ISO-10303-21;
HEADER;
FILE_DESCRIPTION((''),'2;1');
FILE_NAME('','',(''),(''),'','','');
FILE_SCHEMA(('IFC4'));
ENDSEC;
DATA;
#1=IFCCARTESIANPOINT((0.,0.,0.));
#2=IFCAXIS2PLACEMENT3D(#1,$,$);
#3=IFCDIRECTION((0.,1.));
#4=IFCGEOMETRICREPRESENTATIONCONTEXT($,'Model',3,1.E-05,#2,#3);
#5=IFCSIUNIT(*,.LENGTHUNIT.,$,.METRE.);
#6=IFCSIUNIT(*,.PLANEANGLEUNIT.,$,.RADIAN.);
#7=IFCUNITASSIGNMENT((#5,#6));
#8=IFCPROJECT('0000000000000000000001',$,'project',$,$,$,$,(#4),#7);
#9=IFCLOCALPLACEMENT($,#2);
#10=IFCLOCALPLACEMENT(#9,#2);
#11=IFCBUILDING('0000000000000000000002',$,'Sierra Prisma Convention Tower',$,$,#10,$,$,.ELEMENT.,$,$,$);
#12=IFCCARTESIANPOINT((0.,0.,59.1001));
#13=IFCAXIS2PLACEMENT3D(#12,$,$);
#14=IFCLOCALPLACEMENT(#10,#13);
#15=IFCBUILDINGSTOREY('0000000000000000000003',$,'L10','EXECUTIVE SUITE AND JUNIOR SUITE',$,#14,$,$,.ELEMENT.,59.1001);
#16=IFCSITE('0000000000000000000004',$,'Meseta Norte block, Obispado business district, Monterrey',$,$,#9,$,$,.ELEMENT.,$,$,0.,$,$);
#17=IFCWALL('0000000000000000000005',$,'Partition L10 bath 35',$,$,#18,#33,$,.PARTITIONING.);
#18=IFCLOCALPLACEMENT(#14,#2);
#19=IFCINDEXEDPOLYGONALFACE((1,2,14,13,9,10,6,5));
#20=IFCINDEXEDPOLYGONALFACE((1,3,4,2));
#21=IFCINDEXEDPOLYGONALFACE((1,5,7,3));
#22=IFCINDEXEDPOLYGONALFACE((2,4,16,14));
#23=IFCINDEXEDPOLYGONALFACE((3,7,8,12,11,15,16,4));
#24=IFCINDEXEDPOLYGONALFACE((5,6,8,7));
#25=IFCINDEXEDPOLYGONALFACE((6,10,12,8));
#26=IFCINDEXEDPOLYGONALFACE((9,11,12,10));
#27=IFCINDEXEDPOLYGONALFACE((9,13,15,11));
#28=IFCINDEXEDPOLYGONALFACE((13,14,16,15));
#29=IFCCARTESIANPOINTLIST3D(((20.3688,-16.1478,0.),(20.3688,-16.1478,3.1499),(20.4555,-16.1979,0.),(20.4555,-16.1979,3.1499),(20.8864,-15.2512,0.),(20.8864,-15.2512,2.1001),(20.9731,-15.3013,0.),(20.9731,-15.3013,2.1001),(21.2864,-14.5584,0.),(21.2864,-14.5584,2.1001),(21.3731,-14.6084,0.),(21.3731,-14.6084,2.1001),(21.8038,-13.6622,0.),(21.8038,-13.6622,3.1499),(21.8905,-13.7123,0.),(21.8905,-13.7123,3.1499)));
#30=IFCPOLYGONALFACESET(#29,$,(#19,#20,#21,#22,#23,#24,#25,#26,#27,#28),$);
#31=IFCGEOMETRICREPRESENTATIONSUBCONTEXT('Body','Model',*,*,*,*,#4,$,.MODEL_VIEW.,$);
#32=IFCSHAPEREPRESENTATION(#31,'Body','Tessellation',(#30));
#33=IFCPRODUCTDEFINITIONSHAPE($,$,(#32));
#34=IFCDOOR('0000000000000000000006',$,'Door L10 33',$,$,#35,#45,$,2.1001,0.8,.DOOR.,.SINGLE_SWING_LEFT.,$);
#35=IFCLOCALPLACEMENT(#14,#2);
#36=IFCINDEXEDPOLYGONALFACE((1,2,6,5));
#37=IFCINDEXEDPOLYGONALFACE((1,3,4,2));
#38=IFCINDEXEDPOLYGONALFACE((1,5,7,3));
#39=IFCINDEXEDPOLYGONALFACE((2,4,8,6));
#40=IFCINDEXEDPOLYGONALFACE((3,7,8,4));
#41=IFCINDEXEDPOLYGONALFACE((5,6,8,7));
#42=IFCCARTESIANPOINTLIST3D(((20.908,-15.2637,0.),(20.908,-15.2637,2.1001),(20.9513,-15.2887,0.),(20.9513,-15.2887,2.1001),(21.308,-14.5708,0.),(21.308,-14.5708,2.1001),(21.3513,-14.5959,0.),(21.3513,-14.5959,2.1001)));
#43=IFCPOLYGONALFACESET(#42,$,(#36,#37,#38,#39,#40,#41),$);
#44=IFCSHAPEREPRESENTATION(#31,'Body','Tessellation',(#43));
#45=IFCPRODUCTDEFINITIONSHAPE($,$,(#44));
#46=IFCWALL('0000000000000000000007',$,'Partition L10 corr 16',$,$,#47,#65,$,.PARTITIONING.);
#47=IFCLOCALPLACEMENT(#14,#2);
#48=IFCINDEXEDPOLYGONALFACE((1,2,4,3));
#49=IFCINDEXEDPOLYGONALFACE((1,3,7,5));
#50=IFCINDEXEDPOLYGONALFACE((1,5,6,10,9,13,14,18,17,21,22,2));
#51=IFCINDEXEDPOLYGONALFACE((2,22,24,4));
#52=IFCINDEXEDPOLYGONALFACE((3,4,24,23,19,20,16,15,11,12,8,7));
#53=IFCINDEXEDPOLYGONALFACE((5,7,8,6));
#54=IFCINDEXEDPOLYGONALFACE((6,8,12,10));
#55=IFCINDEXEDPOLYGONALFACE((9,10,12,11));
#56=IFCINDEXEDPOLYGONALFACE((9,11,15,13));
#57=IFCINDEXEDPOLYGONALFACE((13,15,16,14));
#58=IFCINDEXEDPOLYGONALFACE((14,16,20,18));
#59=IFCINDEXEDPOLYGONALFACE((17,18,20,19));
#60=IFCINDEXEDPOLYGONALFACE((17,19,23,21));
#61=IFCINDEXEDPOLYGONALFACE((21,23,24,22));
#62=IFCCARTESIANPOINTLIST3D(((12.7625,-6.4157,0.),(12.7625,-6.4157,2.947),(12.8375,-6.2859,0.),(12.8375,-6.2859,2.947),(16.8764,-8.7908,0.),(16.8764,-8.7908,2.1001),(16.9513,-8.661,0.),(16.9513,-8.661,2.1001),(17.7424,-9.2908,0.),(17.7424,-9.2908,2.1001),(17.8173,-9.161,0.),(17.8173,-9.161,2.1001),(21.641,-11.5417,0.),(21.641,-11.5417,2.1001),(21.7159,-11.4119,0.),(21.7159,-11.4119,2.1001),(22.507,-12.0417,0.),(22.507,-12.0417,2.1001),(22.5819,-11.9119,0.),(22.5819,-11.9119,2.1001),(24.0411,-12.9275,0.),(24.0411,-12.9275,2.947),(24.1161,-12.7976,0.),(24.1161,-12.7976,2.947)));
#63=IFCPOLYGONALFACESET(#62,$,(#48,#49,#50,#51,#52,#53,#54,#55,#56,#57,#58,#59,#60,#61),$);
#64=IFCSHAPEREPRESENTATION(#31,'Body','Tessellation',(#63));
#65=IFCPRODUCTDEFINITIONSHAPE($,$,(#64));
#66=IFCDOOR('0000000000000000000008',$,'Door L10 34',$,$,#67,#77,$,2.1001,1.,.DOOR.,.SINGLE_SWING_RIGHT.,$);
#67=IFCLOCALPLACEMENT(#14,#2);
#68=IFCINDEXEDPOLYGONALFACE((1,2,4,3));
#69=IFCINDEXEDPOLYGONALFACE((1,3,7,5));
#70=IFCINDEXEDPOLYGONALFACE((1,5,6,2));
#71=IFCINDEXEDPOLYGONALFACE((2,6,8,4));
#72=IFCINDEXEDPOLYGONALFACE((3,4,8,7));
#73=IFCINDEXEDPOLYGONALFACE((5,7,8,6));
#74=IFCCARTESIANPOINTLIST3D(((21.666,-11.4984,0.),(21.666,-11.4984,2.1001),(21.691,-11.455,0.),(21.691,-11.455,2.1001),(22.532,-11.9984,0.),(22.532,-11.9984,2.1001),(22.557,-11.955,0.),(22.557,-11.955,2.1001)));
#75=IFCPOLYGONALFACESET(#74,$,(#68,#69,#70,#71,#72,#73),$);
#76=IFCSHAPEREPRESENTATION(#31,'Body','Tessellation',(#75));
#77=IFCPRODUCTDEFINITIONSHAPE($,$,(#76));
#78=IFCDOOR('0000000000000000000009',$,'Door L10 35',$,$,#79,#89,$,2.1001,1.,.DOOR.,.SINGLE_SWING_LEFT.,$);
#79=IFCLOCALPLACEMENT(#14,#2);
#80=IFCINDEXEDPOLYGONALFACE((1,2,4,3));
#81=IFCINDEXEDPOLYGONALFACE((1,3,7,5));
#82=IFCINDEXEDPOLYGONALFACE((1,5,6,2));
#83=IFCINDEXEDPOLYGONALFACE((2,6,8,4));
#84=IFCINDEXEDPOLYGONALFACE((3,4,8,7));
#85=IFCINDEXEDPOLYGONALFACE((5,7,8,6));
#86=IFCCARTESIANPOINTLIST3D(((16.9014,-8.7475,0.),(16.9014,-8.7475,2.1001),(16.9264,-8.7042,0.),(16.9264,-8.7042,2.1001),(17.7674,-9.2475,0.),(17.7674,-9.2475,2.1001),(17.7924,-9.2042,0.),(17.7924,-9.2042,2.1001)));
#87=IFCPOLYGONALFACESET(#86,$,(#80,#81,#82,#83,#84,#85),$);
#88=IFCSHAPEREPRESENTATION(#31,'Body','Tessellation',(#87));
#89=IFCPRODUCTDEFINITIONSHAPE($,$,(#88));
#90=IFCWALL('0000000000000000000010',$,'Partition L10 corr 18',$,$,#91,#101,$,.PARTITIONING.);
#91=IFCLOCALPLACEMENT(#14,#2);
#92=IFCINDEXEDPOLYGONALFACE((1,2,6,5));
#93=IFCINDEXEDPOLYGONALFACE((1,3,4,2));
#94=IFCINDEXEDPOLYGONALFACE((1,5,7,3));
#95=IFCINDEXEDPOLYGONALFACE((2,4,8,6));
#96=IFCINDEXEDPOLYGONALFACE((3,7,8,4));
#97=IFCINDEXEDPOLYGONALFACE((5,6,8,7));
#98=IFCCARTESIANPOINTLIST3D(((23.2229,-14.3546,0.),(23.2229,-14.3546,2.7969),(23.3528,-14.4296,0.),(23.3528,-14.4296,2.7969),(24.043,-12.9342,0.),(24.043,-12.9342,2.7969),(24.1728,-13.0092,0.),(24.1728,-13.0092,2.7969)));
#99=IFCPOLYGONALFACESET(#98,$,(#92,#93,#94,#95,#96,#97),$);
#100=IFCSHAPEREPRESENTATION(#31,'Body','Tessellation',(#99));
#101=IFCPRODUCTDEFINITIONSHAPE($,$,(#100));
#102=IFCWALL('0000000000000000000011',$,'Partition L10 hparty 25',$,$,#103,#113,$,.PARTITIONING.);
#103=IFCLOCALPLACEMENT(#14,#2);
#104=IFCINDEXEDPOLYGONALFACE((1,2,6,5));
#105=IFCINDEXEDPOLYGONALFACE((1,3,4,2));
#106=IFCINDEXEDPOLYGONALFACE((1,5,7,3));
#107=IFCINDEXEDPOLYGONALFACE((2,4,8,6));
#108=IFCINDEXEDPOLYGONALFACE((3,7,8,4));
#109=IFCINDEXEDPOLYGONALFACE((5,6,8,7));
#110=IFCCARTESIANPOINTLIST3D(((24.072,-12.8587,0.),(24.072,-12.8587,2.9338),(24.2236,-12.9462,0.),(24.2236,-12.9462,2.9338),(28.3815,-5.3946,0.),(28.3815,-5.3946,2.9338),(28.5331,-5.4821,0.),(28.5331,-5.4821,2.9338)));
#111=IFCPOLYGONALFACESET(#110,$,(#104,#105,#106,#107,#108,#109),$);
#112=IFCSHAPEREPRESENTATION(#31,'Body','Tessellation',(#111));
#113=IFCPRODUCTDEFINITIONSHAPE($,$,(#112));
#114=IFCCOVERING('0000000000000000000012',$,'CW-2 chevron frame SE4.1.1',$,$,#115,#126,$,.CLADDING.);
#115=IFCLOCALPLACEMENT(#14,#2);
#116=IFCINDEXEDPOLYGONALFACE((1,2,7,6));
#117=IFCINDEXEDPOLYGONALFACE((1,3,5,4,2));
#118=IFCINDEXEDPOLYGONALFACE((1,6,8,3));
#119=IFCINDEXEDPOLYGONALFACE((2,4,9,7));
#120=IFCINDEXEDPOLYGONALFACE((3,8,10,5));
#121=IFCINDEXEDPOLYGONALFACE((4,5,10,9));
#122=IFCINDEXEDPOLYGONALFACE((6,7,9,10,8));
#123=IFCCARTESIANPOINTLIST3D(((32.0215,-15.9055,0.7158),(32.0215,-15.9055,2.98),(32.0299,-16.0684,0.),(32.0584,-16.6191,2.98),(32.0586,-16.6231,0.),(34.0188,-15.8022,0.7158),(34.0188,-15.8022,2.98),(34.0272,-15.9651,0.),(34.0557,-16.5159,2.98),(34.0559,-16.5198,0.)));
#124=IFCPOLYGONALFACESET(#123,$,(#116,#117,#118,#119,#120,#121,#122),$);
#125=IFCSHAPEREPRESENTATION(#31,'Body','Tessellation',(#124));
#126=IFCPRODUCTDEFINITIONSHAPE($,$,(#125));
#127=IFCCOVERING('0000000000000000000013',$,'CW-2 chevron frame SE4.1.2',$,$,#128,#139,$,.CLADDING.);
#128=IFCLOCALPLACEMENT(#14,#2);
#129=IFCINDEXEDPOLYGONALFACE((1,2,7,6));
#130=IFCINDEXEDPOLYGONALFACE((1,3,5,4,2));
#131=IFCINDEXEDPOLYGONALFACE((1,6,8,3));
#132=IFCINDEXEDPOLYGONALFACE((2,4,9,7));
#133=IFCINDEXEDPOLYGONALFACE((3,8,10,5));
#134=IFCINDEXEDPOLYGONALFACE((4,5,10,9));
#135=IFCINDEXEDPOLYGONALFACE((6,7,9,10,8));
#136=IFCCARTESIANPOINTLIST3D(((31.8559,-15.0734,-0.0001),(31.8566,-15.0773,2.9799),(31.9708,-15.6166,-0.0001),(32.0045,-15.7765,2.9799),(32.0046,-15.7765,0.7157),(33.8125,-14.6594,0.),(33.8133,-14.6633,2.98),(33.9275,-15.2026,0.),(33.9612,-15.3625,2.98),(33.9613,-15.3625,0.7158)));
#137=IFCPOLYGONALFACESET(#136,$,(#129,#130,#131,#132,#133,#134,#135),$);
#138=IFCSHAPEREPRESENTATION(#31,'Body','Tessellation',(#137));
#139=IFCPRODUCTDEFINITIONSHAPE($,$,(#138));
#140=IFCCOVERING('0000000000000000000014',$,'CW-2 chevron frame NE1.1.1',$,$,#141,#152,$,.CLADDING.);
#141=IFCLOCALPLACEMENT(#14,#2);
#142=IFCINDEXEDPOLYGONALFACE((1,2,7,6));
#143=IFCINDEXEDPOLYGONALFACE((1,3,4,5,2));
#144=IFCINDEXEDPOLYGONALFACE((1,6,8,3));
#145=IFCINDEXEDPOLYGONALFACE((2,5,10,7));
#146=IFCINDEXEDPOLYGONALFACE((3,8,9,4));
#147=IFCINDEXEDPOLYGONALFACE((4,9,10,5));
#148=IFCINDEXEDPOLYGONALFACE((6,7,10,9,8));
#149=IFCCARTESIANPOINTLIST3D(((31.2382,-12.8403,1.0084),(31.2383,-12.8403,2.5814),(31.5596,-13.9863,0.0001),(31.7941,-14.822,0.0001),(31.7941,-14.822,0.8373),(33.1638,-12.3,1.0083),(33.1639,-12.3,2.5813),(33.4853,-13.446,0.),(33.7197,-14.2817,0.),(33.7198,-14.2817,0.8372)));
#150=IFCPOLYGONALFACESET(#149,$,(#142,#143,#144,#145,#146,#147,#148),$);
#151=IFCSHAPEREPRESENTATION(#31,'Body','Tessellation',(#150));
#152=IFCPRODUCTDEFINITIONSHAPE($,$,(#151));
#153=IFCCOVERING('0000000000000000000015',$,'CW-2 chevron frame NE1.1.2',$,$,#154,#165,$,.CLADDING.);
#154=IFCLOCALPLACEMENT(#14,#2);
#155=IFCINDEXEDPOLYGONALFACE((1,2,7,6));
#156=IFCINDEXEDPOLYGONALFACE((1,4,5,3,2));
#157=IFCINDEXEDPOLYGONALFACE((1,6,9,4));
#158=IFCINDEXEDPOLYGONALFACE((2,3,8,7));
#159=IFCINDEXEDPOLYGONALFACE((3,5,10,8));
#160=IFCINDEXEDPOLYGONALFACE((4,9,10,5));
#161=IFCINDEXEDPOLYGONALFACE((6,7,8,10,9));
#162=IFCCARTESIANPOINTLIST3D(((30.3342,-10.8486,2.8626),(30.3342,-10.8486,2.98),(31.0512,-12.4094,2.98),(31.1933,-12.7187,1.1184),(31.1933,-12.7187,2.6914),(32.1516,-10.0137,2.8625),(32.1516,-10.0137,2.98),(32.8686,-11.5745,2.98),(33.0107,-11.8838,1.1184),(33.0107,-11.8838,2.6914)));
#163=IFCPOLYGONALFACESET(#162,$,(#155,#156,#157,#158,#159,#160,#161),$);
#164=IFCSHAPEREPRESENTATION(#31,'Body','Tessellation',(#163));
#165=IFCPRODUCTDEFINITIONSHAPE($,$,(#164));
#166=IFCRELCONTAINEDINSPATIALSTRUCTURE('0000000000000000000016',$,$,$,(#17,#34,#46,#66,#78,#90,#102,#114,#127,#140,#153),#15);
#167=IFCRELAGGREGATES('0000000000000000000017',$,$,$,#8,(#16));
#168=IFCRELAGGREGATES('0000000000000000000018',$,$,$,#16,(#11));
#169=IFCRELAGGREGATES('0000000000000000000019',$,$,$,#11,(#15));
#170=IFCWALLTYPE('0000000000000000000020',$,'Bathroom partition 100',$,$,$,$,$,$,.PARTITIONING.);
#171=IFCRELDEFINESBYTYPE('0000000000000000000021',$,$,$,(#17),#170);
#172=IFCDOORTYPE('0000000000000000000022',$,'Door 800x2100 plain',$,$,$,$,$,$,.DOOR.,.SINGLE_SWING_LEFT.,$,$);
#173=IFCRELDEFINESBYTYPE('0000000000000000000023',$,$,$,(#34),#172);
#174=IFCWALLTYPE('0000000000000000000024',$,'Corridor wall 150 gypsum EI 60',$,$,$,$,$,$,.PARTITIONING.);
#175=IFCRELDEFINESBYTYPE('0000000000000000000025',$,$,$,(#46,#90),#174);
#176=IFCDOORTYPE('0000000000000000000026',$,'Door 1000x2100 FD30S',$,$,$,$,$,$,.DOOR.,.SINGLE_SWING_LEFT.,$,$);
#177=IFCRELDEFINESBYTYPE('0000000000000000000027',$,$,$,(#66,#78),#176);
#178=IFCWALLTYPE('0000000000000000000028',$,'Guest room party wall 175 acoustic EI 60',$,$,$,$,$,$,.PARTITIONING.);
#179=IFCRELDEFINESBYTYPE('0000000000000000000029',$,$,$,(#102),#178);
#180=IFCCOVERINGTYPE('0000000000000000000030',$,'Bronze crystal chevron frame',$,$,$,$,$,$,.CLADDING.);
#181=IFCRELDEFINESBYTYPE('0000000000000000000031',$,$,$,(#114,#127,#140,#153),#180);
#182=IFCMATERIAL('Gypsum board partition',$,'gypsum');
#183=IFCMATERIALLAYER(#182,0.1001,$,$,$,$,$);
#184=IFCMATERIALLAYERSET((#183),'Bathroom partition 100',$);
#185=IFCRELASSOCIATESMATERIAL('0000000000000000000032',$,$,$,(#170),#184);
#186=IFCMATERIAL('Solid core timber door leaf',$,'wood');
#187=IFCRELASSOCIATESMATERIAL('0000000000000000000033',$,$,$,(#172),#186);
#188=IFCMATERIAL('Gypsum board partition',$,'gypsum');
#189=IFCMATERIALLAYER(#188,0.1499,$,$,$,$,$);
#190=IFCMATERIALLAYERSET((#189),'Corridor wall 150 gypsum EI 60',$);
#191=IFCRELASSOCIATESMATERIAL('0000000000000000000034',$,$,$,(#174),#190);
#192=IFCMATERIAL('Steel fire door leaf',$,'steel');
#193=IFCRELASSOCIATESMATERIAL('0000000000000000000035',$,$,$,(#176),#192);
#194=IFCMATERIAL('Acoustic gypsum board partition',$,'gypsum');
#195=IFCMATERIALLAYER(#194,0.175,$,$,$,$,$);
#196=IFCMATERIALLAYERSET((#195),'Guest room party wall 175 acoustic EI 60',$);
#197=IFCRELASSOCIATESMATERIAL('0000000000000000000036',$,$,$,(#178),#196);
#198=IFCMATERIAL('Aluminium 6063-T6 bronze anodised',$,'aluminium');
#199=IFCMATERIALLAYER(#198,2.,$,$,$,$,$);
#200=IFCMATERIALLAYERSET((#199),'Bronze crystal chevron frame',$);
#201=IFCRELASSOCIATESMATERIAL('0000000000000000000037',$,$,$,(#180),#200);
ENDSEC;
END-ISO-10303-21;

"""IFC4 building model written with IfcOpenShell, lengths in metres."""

from ifc_helpers import new_model, si_unit, direction, frame, frame_2d, origin, place, context, subcontext, project, spatial, polyline, rectangle, outline, extrude, material, layer, layer_set, type_object, element, fill, save


model = new_model("IFC4")

# Units and contexts
model_context = context("Model", 3, precision=1e-05, world=origin(), true_north=direction((0.0, 1.0)))
body_context = subcontext(model_context, "Body", "Model", "MODEL_VIEW")
ifc_project = project(units=[si_unit("LENGTHUNIT", "METRE"), si_unit("PLANEANGLEUNIT", "RADIAN")], contexts=[model_context])

# Site, building, storey
site_placement = place(None, origin())
site = spatial("IfcSite", under=ifc_project, at=site_placement, Name="Meseta Norte block, Obispado business district, Monterrey", CompositionType="ELEMENT", RefElevation=0.0)
building_placement = place(site_placement, origin())
building = spatial("IfcBuilding", under=site, at=building_placement, Name="Sierra Prisma Convention Tower", CompositionType="ELEMENT")
storey_placement = place(building_placement, frame((0.0, 0.0, 59.1001)))
storey = spatial("IfcBuildingStorey", under=building, at=storey_placement, Name="L10", Description="EXECUTIVE SUITE AND JUNIOR SUITE", CompositionType="ELEMENT", Elevation=59.1001)

# Wall, opening, door
ifc_material_1 = material(Name="Gypsum board partition", Category="gypsum")
ifc_layer_1 = layer(ifc_material_1, 0.1001)
ifc_layer_set_1 = layer_set([ifc_layer_1], Name="Bathroom partition 100")
wall_type_1 = type_object("IfcWallType", Name="Bathroom partition 100", PredefinedType="PARTITIONING", material=ifc_layer_set_1)
wall_1_placement = place(storey_placement, frame((21.8472, -13.6873, 0.0), z_axis=(0.0, 0.0, 1.0), x_axis=(-0.5, -0.866026, 0.0)))
wall_1 = element("IfcWall", 1, at=wall_1_placement, inside=storey, type_object=wall_type_1, Name="Partition L10 bath 35", PredefinedType="PARTITIONING", context=body_context, shape_type="SweptSolid", body=[
    extrude(rectangle(XDim=2.8701, YDim=0.1001, at=frame_2d((1.4351, 0.0))), origin(), (0.0, 0.0, 1.0), 3.1499),
])
opening_1_placement = place(wall_1_placement, frame((1.0349, 0.0, 0.0)))
opening_1 = element("IfcOpeningElement", 2, at=opening_1_placement, cuts=wall_1, PredefinedType="OPENING", context=body_context, shape_type="SweptSolid", body=[
    extrude(rectangle(XDim=0.8, YDim=2.1001, at=frame_2d((0.3999, 1.05))), frame((0.0, 0.05, 0.0), z_axis=(0.0, -1.0, 0.0), x_axis=(1.0, 0.0, 0.0)), (0.0, 0.0, 1.0), 0.1001),
])
ifc_material_2 = material(Name="Solid core timber door leaf", Category="wood")
door_type_1 = type_object("IfcDoorType", Name="Door 800x2100 plain", OperationType="SINGLE_SWING_LEFT", PredefinedType="DOOR", material=ifc_material_2)
door_1_placement = place(opening_1_placement, origin())
door_1 = element("IfcDoor", 3, at=door_1_placement, inside=storey, type_object=door_type_1, Name="Door L10 33", OperationType="SINGLE_SWING_LEFT", OverallHeight=2.1001, OverallWidth=0.8, PredefinedType="DOOR", context=body_context, shape_type="SweptSolid", body=[
    extrude(rectangle(XDim=0.8, YDim=2.1001, at=frame_2d((0.3999, 1.05))), frame((0.0, 0.0249, 0.0), z_axis=(0.0, -1.0, 0.0), x_axis=(1.0, 0.0, 0.0)), (0.0, 0.0, 1.0), 0.05),
])
fill(opening_1, door_1)

# Wall, openings, doors
ifc_material_3 = material(Name="Gypsum board partition", Category="gypsum")
ifc_layer_2 = layer(ifc_material_3, 0.1499)
ifc_layer_set_2 = layer_set([ifc_layer_2], Name="Corridor wall 150 gypsum EI 60")
wall_type_2 = type_object("IfcWallType", Name="Corridor wall 150 gypsum EI 60", PredefinedType="PARTITIONING", material=ifc_layer_set_2)
wall_2_placement = place(storey_placement, frame((24.0786, -12.8625, 0.0), z_axis=(0.0, 0.0, 1.0), x_axis=(-0.866024, 0.500002, 0.0)))
wall_2 = element("IfcWall", 4, at=wall_2_placement, inside=storey, type_object=wall_type_2, Name="Partition L10 corr 16", PredefinedType="PARTITIONING", context=body_context, shape_type="SweptSolid", body=[
    extrude(rectangle(XDim=13.0234, YDim=0.1499, at=frame_2d((6.5117, 0.0))), origin(), (0.0, 0.0, 1.0), 2.947),
])
opening_2_placement = place(wall_2_placement, frame((1.7715, 0.0, 0.0)))
opening_2 = element("IfcOpeningElement", 5, at=opening_2_placement, cuts=wall_2, PredefinedType="OPENING", context=body_context, shape_type="SweptSolid", body=[
    extrude(rectangle(XDim=1.0, YDim=2.1001, at=frame_2d((0.5, 1.05))), frame((0.0, 0.075, 0.0), z_axis=(0.0, -1.0, 0.0), x_axis=(1.0, 0.0, 0.0)), (0.0, 0.0, 1.0), 0.1499),
])
opening_3_placement = place(wall_2_placement, frame((7.2732, 0.0, 0.0)))
opening_3 = element("IfcOpeningElement", 6, at=opening_3_placement, cuts=wall_2, PredefinedType="OPENING", context=body_context, shape_type="SweptSolid", body=[
    extrude(rectangle(XDim=1.0, YDim=2.1001, at=frame_2d((0.5, 1.05))), frame((0.0, 0.075, 0.0), z_axis=(0.0, -1.0, 0.0), x_axis=(1.0, 0.0, 0.0)), (0.0, 0.0, 1.0), 0.1499),
])
ifc_material_4 = material(Name="Steel fire door leaf", Category="steel")
door_type_2 = type_object("IfcDoorType", Name="Door 1000x2100 FD30S", OperationType="SINGLE_SWING_LEFT", PredefinedType="DOOR", material=ifc_material_4)
door_2_placement = place(opening_2_placement, origin())
door_2 = element("IfcDoor", 7, at=door_2_placement, inside=storey, type_object=door_type_2, Name="Door L10 34", OperationType="SINGLE_SWING_RIGHT", OverallHeight=2.1001, OverallWidth=1.0, PredefinedType="DOOR", context=body_context, shape_type="SweptSolid", body=[
    extrude(rectangle(XDim=1.0, YDim=2.1001, at=frame_2d((0.5, 1.05))), frame((0.0, 0.0249, 0.0), z_axis=(0.0, -1.0, 0.0), x_axis=(1.0, 0.0, 0.0)), (0.0, 0.0, 1.0), 0.05),
])
fill(opening_2, door_2)
door_3_placement = place(opening_3_placement, origin())
door_3 = element("IfcDoor", 8, at=door_3_placement, inside=storey, type_object=door_type_2, Name="Door L10 35", OperationType="SINGLE_SWING_LEFT", OverallHeight=2.1001, OverallWidth=1.0, PredefinedType="DOOR", context=body_context, shape_type="SweptSolid", body=[
    extrude(rectangle(XDim=1.0, YDim=2.1001, at=frame_2d((0.5, 1.05))), frame((0.0, 0.0249, 0.0), z_axis=(0.0, -1.0, 0.0), x_axis=(1.0, 0.0, 0.0)), (0.0, 0.0, 1.0), 0.05),
])
fill(opening_3, door_3)

# Walls
wall_3_placement = place(storey_placement, frame((23.2878, -14.3921, 0.0), z_axis=(0.0, 0.0, 1.0), x_axis=(0.499997, 0.866027, 0.0)))
element("IfcWall", 9, at=wall_3_placement, inside=storey, type_object=wall_type_2, Name="Partition L10 corr 18", PredefinedType="PARTITIONING", context=body_context, shape_type="SweptSolid", body=[
    extrude(rectangle(XDim=1.6401, YDim=0.1499, at=frame_2d((0.8201, 0.0))), origin(), (0.0, 0.0, 1.0), 2.7969),
])
ifc_material_5 = material(Name="Acoustic gypsum board partition", Category="gypsum")
ifc_layer_3 = layer(ifc_material_5, 0.175)
ifc_layer_set_3 = layer_set([ifc_layer_3], Name="Guest room party wall 175 acoustic EI 60")
wall_type_3 = type_object("IfcWallType", Name="Guest room party wall 175 acoustic EI 60", PredefinedType="PARTITIONING", material=ifc_layer_set_3)
wall_4_placement = place(storey_placement, frame((24.1477, -12.9026, 0.0), z_axis=(0.0, 0.0, 1.0), x_axis=(0.500014, 0.866017, 0.0)))
element("IfcWall", 10, at=wall_4_placement, inside=storey, type_object=wall_type_3, Name="Partition L10 hparty 25", PredefinedType="PARTITIONING", context=body_context, shape_type="SweptSolid", body=[
    extrude(rectangle(XDim=8.6189, YDim=0.175, at=frame_2d((4.3096, 0.0))), origin(), (0.0, 0.0, 1.0), 2.9338),
])

# Coverings
ifc_material_6 = material(Name="Aluminium 6063-T6 bronze anodised", Category="aluminium")
ifc_layer_4 = layer(ifc_material_6, 2.0)
ifc_layer_set_4 = layer_set([ifc_layer_4], Name="Bronze crystal chevron frame")
covering_type = type_object("IfcCoveringType", Name="Bronze crystal chevron frame", PredefinedType="CLADDING", material=ifc_layer_set_4)
covering_1_placement = place(storey_placement, frame((34.0559, -16.5198, 0.0), z_axis=(0.998666, 0.05164, -0.000014), x_axis=(-0.05164, 0.998666, 0.0)))
element("IfcCovering", 11, at=covering_1_placement, inside=storey, type_object=covering_type, Name="CW-2 chevron frame SE4.1.1", PredefinedType="CLADDING", context=body_context, shape_type="SweptSolid", body=[
    extrude(outline(polyline([(0.0, 0.0), (0.5554, 0.0), (0.7185, 0.7158), (0.7185, 2.98), (0.0039, 2.98), (0.0, 0.0)])), origin(), (0.0, 0.0, -1.0), 2.0),
])
covering_2_placement = place(storey_placement, frame((33.9612, -15.3625, 2.98), z_axis=(0.978348, 0.206968, 0.000037), x_axis=(0.000036, 0.000008, -1.0)))
element("IfcCovering", 12, at=covering_2_placement, inside=storey, type_object=covering_type, Name="CW-2 chevron frame SE4.1.2", PredefinedType="CLADDING", context=body_context, shape_type="SweptSolid", body=[
    extrude(outline(polyline([(0.0, 0.0), (2.2642, 0.0), (2.98, 0.1634), (2.98, 0.7187), (0.0, 0.7147), (0.0, 0.0)])), origin(), (0.0, 0.0, -1.0), 2.0),
])
covering_3_placement = place(storey_placement, frame((33.7197, -14.2817, 0.0), z_axis=(0.962825, 0.270126, -0.000064), x_axis=(-0.270126, 0.962825, 0.0)))
element("IfcCovering", 13, at=covering_3_placement, inside=storey, type_object=covering_type, Name="CW-2 chevron frame NE1.1.1", PredefinedType="CLADDING", context=body_context, shape_type="SweptSolid", body=[
    extrude(outline(polyline([(0.0, 0.0), (0.868, 0.0), (2.0582, 1.0083), (2.0582, 2.5813), (0.0, 0.8372), (0.0, 0.0)])), origin(), (0.0, 0.0, -1.0), 2.0),
])
covering_4_placement = place(storey_placement, frame((33.0107, -11.8838, 2.6914), z_axis=(0.908697, 0.417456, -0.000007), x_axis=(-0.000006, -0.000003, -1.0)))
element("IfcCovering", 14, at=covering_4_placement, inside=storey, type_object=covering_type, Name="CW-2 chevron frame NE1.1.2", PredefinedType="CLADDING", context=body_context, shape_type="SweptSolid", body=[
    extrude(outline(polyline([(0.0, 0.0), (1.573, 0.0), (-0.1711, 2.058), (-0.2886, 2.058), (-0.2886, 0.3404), (0.0, 0.0)])), origin(), (0.0, 0.0, -1.0), 2.0),
])

save(model, "model.ifc")
